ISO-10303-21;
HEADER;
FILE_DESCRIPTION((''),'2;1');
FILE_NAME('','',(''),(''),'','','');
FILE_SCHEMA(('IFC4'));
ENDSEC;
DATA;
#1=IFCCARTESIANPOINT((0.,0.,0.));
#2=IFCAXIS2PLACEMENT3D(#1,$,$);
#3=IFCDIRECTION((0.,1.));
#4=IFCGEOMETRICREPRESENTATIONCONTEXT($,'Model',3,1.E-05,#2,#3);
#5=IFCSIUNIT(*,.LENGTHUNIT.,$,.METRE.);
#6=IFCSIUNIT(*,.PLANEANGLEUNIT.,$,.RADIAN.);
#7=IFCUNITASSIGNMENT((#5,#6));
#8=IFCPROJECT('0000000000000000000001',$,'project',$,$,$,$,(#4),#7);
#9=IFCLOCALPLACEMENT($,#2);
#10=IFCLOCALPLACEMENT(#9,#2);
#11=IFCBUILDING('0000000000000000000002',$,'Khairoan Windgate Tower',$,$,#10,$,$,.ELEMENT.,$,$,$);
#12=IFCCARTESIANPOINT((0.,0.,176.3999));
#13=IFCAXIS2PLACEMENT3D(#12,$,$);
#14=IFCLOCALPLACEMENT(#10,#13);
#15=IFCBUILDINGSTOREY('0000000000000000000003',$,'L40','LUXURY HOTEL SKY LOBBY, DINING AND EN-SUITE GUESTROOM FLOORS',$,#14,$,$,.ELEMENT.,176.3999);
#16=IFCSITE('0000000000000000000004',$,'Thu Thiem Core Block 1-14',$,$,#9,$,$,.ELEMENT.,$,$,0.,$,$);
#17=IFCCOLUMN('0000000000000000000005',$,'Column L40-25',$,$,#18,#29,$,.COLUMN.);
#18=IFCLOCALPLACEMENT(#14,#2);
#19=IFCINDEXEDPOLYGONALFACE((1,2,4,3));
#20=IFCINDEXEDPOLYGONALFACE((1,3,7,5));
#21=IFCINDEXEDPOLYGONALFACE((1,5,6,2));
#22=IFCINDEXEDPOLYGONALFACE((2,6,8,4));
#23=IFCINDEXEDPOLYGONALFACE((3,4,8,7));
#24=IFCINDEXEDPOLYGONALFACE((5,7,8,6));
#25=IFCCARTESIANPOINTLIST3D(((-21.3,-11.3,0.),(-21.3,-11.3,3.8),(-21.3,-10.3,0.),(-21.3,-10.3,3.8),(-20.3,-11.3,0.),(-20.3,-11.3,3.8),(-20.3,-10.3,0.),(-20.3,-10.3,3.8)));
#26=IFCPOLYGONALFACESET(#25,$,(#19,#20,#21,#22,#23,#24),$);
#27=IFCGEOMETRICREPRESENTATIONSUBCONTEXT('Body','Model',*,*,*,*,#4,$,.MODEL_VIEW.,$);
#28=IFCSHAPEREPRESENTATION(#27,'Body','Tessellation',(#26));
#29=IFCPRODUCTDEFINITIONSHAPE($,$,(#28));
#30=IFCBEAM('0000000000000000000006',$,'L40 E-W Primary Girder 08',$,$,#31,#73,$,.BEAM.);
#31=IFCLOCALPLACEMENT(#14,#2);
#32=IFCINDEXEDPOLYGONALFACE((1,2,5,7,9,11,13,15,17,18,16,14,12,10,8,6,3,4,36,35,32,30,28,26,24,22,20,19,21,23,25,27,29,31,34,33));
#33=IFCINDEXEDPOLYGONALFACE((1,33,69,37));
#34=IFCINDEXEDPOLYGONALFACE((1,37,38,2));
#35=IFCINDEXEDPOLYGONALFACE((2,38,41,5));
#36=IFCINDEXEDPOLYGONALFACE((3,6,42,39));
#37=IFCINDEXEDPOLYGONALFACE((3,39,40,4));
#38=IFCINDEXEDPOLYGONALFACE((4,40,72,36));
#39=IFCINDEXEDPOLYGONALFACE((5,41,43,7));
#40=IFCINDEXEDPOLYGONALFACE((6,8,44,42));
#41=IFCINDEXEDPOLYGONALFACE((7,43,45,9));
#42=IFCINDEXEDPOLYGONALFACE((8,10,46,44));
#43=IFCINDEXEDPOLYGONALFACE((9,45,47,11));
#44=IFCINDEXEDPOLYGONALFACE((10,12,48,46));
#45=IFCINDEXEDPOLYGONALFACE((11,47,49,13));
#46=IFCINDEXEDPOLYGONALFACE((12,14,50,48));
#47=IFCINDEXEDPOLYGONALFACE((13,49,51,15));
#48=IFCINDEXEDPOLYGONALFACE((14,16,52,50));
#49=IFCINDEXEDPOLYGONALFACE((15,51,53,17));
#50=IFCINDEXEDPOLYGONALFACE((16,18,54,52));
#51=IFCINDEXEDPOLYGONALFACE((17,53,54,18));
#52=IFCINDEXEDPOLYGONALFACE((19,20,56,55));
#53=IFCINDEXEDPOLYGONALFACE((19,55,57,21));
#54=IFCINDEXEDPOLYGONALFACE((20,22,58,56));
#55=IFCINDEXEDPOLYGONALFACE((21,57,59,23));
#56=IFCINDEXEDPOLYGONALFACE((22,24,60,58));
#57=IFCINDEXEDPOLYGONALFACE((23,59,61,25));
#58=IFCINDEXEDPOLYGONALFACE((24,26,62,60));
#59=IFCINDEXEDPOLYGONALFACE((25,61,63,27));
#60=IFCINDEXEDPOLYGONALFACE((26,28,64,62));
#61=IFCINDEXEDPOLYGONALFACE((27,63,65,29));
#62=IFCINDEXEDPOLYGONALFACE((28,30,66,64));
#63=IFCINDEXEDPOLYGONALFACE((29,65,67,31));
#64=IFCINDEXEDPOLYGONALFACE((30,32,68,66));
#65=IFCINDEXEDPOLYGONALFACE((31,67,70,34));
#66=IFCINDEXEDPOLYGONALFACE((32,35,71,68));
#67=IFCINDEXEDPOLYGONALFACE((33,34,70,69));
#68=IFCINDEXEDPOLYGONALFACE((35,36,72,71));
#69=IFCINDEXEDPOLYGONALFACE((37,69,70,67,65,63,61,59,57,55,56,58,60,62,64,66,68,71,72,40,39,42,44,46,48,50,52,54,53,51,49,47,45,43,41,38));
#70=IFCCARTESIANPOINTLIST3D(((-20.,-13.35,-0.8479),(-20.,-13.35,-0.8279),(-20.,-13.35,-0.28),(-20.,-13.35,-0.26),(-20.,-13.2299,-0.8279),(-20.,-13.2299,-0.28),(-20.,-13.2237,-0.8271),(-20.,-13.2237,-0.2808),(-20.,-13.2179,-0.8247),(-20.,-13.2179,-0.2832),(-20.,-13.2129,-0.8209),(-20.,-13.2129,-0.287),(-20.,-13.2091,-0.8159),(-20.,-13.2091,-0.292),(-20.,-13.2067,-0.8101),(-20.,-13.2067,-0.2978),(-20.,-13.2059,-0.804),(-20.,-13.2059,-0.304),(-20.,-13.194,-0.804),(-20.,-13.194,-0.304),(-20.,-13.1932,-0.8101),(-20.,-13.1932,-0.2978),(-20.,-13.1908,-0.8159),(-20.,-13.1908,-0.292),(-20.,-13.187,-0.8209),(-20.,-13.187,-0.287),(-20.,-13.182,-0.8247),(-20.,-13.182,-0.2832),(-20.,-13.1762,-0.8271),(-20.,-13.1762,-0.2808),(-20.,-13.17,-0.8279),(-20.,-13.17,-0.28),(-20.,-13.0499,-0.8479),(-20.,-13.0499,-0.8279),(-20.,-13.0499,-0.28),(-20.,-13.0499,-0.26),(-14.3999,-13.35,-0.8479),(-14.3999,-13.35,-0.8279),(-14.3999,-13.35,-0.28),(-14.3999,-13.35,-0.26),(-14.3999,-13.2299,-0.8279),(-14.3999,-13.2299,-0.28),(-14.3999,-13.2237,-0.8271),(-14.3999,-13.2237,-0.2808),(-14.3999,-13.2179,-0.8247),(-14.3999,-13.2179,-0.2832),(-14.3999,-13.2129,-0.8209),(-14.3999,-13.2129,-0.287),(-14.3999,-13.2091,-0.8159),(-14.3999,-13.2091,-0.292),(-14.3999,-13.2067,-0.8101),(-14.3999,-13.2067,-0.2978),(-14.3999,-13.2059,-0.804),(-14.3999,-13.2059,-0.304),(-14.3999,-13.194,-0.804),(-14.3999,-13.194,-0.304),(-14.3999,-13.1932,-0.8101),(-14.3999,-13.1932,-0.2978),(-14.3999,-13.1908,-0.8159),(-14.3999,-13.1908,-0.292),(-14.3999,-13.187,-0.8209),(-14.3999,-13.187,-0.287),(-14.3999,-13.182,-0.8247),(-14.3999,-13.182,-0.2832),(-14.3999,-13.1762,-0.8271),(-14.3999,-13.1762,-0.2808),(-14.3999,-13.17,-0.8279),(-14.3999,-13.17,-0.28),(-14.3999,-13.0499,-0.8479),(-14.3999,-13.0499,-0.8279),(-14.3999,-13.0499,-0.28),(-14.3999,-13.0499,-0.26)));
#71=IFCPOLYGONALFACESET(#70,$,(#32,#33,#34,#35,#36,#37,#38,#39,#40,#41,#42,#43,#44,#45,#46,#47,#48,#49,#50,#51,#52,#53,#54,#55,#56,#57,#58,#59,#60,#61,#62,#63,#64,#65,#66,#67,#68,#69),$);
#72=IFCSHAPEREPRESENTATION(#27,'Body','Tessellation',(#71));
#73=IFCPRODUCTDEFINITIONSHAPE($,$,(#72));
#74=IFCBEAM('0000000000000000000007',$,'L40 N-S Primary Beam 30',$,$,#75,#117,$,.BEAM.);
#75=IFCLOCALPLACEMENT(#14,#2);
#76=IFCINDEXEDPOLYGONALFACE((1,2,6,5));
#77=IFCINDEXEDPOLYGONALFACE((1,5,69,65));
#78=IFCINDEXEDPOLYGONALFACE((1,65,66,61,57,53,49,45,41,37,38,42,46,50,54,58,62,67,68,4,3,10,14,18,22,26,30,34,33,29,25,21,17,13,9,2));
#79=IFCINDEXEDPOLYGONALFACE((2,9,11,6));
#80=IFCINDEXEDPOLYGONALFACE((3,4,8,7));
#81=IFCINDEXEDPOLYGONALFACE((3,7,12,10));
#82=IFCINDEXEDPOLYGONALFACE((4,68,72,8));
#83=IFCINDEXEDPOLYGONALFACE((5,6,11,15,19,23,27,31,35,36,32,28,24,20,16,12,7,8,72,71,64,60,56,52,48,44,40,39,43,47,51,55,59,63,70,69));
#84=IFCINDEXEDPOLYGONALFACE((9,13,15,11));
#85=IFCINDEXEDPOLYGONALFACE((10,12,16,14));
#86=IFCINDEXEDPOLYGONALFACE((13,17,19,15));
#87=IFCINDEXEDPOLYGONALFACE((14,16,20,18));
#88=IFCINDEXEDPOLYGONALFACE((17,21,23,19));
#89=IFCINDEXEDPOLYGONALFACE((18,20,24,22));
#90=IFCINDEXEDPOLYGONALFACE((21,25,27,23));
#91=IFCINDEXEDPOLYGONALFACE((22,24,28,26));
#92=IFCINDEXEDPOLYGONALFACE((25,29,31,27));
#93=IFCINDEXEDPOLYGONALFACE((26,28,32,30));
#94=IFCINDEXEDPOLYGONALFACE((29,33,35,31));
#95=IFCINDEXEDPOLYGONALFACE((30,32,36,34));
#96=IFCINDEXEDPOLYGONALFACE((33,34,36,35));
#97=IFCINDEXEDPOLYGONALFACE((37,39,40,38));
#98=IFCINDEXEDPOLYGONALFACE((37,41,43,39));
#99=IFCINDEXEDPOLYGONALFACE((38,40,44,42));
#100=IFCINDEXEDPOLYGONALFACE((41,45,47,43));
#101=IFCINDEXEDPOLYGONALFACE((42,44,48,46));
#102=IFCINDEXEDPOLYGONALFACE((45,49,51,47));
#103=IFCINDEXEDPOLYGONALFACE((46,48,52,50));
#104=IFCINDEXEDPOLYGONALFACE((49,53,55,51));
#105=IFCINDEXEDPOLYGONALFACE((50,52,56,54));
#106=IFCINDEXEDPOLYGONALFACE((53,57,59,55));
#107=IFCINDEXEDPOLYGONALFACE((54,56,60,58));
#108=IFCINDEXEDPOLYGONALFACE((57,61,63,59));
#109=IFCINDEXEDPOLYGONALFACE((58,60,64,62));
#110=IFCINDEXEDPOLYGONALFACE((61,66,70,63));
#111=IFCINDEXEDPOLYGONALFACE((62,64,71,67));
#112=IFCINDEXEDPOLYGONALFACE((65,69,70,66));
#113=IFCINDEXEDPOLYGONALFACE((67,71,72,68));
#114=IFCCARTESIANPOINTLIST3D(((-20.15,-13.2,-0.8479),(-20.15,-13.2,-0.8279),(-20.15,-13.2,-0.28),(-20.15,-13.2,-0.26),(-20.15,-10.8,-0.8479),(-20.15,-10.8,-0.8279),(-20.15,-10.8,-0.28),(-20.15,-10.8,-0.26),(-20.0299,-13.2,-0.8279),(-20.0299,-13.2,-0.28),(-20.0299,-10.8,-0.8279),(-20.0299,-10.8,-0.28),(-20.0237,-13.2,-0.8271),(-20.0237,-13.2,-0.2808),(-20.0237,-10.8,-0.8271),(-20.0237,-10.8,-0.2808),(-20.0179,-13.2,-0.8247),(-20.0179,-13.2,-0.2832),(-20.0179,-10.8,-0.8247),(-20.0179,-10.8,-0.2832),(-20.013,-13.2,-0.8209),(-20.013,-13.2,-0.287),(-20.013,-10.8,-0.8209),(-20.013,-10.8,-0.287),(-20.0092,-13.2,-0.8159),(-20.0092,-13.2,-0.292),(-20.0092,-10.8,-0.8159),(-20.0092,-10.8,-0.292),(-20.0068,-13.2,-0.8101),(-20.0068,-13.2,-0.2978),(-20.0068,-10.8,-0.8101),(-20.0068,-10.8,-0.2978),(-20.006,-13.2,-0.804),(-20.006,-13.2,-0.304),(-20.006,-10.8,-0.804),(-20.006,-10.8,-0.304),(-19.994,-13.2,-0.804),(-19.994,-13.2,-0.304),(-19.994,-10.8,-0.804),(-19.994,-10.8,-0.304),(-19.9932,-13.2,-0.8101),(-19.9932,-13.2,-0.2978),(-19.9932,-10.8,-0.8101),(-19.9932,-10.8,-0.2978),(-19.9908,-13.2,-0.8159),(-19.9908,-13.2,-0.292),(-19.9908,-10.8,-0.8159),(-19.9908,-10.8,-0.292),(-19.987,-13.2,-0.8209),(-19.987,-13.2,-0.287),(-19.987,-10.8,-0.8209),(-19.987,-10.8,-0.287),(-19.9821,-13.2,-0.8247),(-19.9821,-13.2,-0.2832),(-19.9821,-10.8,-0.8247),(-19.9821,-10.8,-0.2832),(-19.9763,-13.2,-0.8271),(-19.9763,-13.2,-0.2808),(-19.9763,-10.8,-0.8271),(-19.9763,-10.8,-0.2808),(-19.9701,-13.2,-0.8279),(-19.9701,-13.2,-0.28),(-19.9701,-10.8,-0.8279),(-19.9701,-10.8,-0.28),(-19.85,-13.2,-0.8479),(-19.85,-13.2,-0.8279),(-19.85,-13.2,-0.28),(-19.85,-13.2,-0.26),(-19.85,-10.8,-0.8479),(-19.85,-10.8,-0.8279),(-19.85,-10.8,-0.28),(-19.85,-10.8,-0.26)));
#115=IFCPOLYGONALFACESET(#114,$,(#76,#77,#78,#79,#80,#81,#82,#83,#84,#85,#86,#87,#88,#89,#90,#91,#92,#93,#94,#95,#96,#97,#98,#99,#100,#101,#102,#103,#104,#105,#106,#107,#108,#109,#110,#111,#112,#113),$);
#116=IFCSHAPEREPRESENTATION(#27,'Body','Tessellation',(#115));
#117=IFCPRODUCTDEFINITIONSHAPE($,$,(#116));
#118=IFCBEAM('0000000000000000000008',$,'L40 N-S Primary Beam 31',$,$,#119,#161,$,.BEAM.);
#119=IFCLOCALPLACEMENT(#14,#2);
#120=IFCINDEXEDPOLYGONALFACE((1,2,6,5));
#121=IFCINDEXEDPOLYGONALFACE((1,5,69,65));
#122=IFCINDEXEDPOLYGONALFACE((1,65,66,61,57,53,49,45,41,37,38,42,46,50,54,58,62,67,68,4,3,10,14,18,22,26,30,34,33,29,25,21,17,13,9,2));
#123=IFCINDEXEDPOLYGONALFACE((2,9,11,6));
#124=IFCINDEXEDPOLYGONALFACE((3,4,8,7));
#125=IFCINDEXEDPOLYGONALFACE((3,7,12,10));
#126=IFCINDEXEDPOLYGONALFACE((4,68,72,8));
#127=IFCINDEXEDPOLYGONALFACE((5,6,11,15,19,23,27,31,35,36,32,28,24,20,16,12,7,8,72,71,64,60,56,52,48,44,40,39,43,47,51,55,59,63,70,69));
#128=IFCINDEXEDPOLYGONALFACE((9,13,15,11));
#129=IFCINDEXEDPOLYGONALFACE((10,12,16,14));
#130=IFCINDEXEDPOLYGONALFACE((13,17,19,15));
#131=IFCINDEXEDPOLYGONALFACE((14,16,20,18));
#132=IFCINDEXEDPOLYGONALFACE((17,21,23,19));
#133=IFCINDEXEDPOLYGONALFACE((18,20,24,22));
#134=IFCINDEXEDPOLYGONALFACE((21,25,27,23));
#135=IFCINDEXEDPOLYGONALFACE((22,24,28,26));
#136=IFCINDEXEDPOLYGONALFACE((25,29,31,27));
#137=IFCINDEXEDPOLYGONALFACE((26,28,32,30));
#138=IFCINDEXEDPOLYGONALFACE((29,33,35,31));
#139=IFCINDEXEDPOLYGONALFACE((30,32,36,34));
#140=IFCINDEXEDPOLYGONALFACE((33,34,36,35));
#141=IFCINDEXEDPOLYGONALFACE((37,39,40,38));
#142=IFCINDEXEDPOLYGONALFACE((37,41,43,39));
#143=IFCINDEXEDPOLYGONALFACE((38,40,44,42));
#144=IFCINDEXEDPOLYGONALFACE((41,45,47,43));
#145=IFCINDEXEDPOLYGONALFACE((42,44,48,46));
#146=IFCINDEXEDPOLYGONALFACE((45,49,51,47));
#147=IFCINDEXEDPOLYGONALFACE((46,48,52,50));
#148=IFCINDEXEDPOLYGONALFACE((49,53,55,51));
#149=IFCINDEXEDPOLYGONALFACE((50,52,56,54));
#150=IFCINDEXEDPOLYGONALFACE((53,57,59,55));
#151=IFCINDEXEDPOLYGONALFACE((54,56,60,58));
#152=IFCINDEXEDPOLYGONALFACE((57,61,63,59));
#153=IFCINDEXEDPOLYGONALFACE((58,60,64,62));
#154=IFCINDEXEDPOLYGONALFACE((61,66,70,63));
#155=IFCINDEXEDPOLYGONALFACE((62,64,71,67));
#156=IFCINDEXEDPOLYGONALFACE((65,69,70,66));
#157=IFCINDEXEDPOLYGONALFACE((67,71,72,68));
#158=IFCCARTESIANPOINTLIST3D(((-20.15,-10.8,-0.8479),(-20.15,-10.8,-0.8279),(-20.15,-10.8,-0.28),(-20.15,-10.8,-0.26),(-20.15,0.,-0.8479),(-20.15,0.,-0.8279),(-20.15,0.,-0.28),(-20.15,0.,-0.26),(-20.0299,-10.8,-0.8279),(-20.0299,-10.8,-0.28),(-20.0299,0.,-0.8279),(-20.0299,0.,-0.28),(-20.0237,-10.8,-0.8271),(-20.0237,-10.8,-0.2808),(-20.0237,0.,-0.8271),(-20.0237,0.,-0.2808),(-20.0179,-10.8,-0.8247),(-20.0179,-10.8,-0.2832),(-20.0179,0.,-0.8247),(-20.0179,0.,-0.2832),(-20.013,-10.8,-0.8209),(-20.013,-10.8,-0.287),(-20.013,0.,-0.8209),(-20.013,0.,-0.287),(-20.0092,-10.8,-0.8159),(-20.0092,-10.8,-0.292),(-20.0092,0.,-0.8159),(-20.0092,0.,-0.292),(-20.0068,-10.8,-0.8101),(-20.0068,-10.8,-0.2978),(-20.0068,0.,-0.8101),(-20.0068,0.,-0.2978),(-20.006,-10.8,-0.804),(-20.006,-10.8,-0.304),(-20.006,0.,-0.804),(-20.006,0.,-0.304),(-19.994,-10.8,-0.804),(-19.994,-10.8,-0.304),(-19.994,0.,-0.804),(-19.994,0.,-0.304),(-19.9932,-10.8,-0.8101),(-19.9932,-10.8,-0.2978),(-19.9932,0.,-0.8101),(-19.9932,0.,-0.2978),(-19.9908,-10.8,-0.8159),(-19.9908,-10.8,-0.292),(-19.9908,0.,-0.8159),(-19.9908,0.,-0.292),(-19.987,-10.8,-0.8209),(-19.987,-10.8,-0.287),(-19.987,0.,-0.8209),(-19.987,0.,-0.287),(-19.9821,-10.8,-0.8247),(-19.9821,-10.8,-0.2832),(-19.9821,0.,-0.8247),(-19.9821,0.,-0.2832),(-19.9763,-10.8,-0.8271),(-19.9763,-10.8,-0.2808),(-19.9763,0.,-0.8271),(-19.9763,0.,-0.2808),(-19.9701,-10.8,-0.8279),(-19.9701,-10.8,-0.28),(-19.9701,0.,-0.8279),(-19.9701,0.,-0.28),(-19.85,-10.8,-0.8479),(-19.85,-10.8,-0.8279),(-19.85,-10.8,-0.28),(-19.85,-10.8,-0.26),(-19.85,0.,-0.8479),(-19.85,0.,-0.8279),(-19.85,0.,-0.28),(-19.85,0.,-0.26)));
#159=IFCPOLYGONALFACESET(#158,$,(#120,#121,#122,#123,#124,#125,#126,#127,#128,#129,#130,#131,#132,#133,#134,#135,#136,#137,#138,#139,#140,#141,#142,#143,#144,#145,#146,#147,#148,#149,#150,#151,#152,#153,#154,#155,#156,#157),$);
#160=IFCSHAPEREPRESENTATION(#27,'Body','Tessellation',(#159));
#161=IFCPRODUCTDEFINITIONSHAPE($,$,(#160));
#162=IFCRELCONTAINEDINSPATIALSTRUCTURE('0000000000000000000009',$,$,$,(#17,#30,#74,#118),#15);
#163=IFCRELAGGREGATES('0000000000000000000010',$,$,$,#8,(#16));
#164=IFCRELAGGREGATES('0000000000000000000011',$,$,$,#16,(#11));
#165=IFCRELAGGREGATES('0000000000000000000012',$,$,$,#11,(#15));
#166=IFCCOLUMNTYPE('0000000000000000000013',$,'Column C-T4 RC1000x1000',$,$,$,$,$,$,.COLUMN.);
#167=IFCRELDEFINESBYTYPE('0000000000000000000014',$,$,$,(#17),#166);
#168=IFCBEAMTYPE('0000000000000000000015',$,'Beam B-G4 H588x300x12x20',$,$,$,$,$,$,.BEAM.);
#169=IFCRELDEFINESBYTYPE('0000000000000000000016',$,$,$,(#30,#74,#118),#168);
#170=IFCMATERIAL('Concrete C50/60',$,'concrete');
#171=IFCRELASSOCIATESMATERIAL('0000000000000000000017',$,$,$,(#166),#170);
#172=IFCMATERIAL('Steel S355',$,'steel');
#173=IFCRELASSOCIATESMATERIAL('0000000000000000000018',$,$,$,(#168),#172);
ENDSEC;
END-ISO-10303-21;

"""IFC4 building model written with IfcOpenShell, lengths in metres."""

from ifc_helpers import new_model, si_unit, direction, frame, origin, origin_2d, place, context, subcontext, project, spatial, rectangle, i_section, extrude, material, material_profile, profile_set, type_object, element, save


model = new_model("IFC4")

# Units and contexts
model_context = context("Model", 3, precision=1e-05, world=origin(), true_north=direction((0.0, 1.0)))
body_context = subcontext(model_context, "Body", "Model", "MODEL_VIEW")
ifc_project = project(units=[si_unit("LENGTHUNIT", "METRE"), si_unit("PLANEANGLEUNIT", "RADIAN")], contexts=[model_context])

# Site, building, storey
site_placement = place(None, origin())
site = spatial("IfcSite", under=ifc_project, at=site_placement, Name="Thu Thiem Core Block 1-14", CompositionType="ELEMENT", RefElevation=0.0)
building_placement = place(site_placement, origin())
building = spatial("IfcBuilding", under=site, at=building_placement, Name="Khairoan Windgate Tower", CompositionType="ELEMENT")
storey_placement = place(building_placement, frame((0.0, 0.0, 176.3999)))
storey = spatial("IfcBuildingStorey", under=building, at=storey_placement, Name="L40", Description="LUXURY HOTEL SKY LOBBY, DINING AND EN-SUITE GUESTROOM FLOORS", CompositionType="ELEMENT", Elevation=176.3999)

# Column
ifc_material_1 = material(Name="Concrete C50/60", Category="concrete")
ifc_material_profile_1 = material_profile(ifc_material_1, rectangle(XDim=1.0, YDim=1.0, at=origin_2d()))
ifc_profile_set_1 = profile_set([ifc_material_profile_1], Name="Concrete C50/60")
column_type = type_object("IfcColumnType", Name="Column C-T4 RC1000x1000", PredefinedType="COLUMN", material=ifc_profile_set_1)
column_placement = place(storey_placement, frame((-20.8, -10.8, 0.0), z_axis=(0.0, 0.0, 1.0), x_axis=(1.0, 0.0, 0.0)))
element("IfcColumn", 1, at=column_placement, inside=storey, type_object=column_type, Name="Column L40-25", PredefinedType="COLUMN", context=body_context, shape_type="SweptSolid", body=[
    extrude(rectangle(XDim=1.0, YDim=1.0, at=origin_2d()), origin(), (0.0, 0.0, 1.0), 3.8),
])

# Beams
ifc_material_2 = material(Name="Steel S355", Category="steel")
ifc_material_profile_2 = material_profile(ifc_material_2, i_section(OverallWidth=0.3, OverallDepth=0.5879, WebThickness=0.012, FlangeThickness=0.02, FilletRadius=0.0239, at=origin_2d()))
ifc_profile_set_2 = profile_set([ifc_material_profile_2], Name="Steel S355")
beam_type_1 = type_object("IfcBeamType", Name="Beam B-G4 H588x300x12x20", PredefinedType="BEAM", material=ifc_profile_set_2)
beam_1_placement = place(storey_placement, frame((-20.0, -13.2, -0.554), z_axis=(1.0, 0.0, 0.0), x_axis=(0.0, 1.0, 0.0)))
element("IfcBeam", 2, at=beam_1_placement, inside=storey, type_object=beam_type_1, Name="L40 E-W Primary Girder 08", PredefinedType="BEAM", context=body_context, shape_type="SweptSolid", body=[
    extrude(i_section(OverallWidth=0.3, OverallDepth=0.5879, WebThickness=0.012, FlangeThickness=0.02, FilletRadius=0.0239, at=origin_2d()), origin(), (0.0, 0.0, 1.0), 5.6001),
])
beam_2_placement = place(storey_placement, frame((-20.0, -13.2, -0.554), z_axis=(0.0, 1.0, 0.0), x_axis=(-1.0, 0.0, 0.0)))
element("IfcBeam", 3, at=beam_2_placement, inside=storey, type_object=beam_type_1, Name="L40 N-S Primary Beam 30", PredefinedType="BEAM", context=body_context, shape_type="SweptSolid", body=[
    extrude(i_section(OverallWidth=0.3, OverallDepth=0.5879, WebThickness=0.012, FlangeThickness=0.02, FilletRadius=0.0239, at=origin_2d()), origin(), (0.0, 0.0, 1.0), 2.3999),
])
beam_3_placement = place(storey_placement, frame((-20.0, -10.8, -0.554), z_axis=(0.0, 1.0, 0.0), x_axis=(-1.0, 0.0, 0.0)))
element("IfcBeam", 4, at=beam_3_placement, inside=storey, type_object=beam_type_1, Name="L40 N-S Primary Beam 31", PredefinedType="BEAM", context=body_context, shape_type="SweptSolid", body=[
    extrude(i_section(OverallWidth=0.3, OverallDepth=0.5879, WebThickness=0.012, FlangeThickness=0.02, FilletRadius=0.0239, at=origin_2d()), origin(), (0.0, 0.0, 1.0), 10.8),
])

save(model, "model.ifc")
